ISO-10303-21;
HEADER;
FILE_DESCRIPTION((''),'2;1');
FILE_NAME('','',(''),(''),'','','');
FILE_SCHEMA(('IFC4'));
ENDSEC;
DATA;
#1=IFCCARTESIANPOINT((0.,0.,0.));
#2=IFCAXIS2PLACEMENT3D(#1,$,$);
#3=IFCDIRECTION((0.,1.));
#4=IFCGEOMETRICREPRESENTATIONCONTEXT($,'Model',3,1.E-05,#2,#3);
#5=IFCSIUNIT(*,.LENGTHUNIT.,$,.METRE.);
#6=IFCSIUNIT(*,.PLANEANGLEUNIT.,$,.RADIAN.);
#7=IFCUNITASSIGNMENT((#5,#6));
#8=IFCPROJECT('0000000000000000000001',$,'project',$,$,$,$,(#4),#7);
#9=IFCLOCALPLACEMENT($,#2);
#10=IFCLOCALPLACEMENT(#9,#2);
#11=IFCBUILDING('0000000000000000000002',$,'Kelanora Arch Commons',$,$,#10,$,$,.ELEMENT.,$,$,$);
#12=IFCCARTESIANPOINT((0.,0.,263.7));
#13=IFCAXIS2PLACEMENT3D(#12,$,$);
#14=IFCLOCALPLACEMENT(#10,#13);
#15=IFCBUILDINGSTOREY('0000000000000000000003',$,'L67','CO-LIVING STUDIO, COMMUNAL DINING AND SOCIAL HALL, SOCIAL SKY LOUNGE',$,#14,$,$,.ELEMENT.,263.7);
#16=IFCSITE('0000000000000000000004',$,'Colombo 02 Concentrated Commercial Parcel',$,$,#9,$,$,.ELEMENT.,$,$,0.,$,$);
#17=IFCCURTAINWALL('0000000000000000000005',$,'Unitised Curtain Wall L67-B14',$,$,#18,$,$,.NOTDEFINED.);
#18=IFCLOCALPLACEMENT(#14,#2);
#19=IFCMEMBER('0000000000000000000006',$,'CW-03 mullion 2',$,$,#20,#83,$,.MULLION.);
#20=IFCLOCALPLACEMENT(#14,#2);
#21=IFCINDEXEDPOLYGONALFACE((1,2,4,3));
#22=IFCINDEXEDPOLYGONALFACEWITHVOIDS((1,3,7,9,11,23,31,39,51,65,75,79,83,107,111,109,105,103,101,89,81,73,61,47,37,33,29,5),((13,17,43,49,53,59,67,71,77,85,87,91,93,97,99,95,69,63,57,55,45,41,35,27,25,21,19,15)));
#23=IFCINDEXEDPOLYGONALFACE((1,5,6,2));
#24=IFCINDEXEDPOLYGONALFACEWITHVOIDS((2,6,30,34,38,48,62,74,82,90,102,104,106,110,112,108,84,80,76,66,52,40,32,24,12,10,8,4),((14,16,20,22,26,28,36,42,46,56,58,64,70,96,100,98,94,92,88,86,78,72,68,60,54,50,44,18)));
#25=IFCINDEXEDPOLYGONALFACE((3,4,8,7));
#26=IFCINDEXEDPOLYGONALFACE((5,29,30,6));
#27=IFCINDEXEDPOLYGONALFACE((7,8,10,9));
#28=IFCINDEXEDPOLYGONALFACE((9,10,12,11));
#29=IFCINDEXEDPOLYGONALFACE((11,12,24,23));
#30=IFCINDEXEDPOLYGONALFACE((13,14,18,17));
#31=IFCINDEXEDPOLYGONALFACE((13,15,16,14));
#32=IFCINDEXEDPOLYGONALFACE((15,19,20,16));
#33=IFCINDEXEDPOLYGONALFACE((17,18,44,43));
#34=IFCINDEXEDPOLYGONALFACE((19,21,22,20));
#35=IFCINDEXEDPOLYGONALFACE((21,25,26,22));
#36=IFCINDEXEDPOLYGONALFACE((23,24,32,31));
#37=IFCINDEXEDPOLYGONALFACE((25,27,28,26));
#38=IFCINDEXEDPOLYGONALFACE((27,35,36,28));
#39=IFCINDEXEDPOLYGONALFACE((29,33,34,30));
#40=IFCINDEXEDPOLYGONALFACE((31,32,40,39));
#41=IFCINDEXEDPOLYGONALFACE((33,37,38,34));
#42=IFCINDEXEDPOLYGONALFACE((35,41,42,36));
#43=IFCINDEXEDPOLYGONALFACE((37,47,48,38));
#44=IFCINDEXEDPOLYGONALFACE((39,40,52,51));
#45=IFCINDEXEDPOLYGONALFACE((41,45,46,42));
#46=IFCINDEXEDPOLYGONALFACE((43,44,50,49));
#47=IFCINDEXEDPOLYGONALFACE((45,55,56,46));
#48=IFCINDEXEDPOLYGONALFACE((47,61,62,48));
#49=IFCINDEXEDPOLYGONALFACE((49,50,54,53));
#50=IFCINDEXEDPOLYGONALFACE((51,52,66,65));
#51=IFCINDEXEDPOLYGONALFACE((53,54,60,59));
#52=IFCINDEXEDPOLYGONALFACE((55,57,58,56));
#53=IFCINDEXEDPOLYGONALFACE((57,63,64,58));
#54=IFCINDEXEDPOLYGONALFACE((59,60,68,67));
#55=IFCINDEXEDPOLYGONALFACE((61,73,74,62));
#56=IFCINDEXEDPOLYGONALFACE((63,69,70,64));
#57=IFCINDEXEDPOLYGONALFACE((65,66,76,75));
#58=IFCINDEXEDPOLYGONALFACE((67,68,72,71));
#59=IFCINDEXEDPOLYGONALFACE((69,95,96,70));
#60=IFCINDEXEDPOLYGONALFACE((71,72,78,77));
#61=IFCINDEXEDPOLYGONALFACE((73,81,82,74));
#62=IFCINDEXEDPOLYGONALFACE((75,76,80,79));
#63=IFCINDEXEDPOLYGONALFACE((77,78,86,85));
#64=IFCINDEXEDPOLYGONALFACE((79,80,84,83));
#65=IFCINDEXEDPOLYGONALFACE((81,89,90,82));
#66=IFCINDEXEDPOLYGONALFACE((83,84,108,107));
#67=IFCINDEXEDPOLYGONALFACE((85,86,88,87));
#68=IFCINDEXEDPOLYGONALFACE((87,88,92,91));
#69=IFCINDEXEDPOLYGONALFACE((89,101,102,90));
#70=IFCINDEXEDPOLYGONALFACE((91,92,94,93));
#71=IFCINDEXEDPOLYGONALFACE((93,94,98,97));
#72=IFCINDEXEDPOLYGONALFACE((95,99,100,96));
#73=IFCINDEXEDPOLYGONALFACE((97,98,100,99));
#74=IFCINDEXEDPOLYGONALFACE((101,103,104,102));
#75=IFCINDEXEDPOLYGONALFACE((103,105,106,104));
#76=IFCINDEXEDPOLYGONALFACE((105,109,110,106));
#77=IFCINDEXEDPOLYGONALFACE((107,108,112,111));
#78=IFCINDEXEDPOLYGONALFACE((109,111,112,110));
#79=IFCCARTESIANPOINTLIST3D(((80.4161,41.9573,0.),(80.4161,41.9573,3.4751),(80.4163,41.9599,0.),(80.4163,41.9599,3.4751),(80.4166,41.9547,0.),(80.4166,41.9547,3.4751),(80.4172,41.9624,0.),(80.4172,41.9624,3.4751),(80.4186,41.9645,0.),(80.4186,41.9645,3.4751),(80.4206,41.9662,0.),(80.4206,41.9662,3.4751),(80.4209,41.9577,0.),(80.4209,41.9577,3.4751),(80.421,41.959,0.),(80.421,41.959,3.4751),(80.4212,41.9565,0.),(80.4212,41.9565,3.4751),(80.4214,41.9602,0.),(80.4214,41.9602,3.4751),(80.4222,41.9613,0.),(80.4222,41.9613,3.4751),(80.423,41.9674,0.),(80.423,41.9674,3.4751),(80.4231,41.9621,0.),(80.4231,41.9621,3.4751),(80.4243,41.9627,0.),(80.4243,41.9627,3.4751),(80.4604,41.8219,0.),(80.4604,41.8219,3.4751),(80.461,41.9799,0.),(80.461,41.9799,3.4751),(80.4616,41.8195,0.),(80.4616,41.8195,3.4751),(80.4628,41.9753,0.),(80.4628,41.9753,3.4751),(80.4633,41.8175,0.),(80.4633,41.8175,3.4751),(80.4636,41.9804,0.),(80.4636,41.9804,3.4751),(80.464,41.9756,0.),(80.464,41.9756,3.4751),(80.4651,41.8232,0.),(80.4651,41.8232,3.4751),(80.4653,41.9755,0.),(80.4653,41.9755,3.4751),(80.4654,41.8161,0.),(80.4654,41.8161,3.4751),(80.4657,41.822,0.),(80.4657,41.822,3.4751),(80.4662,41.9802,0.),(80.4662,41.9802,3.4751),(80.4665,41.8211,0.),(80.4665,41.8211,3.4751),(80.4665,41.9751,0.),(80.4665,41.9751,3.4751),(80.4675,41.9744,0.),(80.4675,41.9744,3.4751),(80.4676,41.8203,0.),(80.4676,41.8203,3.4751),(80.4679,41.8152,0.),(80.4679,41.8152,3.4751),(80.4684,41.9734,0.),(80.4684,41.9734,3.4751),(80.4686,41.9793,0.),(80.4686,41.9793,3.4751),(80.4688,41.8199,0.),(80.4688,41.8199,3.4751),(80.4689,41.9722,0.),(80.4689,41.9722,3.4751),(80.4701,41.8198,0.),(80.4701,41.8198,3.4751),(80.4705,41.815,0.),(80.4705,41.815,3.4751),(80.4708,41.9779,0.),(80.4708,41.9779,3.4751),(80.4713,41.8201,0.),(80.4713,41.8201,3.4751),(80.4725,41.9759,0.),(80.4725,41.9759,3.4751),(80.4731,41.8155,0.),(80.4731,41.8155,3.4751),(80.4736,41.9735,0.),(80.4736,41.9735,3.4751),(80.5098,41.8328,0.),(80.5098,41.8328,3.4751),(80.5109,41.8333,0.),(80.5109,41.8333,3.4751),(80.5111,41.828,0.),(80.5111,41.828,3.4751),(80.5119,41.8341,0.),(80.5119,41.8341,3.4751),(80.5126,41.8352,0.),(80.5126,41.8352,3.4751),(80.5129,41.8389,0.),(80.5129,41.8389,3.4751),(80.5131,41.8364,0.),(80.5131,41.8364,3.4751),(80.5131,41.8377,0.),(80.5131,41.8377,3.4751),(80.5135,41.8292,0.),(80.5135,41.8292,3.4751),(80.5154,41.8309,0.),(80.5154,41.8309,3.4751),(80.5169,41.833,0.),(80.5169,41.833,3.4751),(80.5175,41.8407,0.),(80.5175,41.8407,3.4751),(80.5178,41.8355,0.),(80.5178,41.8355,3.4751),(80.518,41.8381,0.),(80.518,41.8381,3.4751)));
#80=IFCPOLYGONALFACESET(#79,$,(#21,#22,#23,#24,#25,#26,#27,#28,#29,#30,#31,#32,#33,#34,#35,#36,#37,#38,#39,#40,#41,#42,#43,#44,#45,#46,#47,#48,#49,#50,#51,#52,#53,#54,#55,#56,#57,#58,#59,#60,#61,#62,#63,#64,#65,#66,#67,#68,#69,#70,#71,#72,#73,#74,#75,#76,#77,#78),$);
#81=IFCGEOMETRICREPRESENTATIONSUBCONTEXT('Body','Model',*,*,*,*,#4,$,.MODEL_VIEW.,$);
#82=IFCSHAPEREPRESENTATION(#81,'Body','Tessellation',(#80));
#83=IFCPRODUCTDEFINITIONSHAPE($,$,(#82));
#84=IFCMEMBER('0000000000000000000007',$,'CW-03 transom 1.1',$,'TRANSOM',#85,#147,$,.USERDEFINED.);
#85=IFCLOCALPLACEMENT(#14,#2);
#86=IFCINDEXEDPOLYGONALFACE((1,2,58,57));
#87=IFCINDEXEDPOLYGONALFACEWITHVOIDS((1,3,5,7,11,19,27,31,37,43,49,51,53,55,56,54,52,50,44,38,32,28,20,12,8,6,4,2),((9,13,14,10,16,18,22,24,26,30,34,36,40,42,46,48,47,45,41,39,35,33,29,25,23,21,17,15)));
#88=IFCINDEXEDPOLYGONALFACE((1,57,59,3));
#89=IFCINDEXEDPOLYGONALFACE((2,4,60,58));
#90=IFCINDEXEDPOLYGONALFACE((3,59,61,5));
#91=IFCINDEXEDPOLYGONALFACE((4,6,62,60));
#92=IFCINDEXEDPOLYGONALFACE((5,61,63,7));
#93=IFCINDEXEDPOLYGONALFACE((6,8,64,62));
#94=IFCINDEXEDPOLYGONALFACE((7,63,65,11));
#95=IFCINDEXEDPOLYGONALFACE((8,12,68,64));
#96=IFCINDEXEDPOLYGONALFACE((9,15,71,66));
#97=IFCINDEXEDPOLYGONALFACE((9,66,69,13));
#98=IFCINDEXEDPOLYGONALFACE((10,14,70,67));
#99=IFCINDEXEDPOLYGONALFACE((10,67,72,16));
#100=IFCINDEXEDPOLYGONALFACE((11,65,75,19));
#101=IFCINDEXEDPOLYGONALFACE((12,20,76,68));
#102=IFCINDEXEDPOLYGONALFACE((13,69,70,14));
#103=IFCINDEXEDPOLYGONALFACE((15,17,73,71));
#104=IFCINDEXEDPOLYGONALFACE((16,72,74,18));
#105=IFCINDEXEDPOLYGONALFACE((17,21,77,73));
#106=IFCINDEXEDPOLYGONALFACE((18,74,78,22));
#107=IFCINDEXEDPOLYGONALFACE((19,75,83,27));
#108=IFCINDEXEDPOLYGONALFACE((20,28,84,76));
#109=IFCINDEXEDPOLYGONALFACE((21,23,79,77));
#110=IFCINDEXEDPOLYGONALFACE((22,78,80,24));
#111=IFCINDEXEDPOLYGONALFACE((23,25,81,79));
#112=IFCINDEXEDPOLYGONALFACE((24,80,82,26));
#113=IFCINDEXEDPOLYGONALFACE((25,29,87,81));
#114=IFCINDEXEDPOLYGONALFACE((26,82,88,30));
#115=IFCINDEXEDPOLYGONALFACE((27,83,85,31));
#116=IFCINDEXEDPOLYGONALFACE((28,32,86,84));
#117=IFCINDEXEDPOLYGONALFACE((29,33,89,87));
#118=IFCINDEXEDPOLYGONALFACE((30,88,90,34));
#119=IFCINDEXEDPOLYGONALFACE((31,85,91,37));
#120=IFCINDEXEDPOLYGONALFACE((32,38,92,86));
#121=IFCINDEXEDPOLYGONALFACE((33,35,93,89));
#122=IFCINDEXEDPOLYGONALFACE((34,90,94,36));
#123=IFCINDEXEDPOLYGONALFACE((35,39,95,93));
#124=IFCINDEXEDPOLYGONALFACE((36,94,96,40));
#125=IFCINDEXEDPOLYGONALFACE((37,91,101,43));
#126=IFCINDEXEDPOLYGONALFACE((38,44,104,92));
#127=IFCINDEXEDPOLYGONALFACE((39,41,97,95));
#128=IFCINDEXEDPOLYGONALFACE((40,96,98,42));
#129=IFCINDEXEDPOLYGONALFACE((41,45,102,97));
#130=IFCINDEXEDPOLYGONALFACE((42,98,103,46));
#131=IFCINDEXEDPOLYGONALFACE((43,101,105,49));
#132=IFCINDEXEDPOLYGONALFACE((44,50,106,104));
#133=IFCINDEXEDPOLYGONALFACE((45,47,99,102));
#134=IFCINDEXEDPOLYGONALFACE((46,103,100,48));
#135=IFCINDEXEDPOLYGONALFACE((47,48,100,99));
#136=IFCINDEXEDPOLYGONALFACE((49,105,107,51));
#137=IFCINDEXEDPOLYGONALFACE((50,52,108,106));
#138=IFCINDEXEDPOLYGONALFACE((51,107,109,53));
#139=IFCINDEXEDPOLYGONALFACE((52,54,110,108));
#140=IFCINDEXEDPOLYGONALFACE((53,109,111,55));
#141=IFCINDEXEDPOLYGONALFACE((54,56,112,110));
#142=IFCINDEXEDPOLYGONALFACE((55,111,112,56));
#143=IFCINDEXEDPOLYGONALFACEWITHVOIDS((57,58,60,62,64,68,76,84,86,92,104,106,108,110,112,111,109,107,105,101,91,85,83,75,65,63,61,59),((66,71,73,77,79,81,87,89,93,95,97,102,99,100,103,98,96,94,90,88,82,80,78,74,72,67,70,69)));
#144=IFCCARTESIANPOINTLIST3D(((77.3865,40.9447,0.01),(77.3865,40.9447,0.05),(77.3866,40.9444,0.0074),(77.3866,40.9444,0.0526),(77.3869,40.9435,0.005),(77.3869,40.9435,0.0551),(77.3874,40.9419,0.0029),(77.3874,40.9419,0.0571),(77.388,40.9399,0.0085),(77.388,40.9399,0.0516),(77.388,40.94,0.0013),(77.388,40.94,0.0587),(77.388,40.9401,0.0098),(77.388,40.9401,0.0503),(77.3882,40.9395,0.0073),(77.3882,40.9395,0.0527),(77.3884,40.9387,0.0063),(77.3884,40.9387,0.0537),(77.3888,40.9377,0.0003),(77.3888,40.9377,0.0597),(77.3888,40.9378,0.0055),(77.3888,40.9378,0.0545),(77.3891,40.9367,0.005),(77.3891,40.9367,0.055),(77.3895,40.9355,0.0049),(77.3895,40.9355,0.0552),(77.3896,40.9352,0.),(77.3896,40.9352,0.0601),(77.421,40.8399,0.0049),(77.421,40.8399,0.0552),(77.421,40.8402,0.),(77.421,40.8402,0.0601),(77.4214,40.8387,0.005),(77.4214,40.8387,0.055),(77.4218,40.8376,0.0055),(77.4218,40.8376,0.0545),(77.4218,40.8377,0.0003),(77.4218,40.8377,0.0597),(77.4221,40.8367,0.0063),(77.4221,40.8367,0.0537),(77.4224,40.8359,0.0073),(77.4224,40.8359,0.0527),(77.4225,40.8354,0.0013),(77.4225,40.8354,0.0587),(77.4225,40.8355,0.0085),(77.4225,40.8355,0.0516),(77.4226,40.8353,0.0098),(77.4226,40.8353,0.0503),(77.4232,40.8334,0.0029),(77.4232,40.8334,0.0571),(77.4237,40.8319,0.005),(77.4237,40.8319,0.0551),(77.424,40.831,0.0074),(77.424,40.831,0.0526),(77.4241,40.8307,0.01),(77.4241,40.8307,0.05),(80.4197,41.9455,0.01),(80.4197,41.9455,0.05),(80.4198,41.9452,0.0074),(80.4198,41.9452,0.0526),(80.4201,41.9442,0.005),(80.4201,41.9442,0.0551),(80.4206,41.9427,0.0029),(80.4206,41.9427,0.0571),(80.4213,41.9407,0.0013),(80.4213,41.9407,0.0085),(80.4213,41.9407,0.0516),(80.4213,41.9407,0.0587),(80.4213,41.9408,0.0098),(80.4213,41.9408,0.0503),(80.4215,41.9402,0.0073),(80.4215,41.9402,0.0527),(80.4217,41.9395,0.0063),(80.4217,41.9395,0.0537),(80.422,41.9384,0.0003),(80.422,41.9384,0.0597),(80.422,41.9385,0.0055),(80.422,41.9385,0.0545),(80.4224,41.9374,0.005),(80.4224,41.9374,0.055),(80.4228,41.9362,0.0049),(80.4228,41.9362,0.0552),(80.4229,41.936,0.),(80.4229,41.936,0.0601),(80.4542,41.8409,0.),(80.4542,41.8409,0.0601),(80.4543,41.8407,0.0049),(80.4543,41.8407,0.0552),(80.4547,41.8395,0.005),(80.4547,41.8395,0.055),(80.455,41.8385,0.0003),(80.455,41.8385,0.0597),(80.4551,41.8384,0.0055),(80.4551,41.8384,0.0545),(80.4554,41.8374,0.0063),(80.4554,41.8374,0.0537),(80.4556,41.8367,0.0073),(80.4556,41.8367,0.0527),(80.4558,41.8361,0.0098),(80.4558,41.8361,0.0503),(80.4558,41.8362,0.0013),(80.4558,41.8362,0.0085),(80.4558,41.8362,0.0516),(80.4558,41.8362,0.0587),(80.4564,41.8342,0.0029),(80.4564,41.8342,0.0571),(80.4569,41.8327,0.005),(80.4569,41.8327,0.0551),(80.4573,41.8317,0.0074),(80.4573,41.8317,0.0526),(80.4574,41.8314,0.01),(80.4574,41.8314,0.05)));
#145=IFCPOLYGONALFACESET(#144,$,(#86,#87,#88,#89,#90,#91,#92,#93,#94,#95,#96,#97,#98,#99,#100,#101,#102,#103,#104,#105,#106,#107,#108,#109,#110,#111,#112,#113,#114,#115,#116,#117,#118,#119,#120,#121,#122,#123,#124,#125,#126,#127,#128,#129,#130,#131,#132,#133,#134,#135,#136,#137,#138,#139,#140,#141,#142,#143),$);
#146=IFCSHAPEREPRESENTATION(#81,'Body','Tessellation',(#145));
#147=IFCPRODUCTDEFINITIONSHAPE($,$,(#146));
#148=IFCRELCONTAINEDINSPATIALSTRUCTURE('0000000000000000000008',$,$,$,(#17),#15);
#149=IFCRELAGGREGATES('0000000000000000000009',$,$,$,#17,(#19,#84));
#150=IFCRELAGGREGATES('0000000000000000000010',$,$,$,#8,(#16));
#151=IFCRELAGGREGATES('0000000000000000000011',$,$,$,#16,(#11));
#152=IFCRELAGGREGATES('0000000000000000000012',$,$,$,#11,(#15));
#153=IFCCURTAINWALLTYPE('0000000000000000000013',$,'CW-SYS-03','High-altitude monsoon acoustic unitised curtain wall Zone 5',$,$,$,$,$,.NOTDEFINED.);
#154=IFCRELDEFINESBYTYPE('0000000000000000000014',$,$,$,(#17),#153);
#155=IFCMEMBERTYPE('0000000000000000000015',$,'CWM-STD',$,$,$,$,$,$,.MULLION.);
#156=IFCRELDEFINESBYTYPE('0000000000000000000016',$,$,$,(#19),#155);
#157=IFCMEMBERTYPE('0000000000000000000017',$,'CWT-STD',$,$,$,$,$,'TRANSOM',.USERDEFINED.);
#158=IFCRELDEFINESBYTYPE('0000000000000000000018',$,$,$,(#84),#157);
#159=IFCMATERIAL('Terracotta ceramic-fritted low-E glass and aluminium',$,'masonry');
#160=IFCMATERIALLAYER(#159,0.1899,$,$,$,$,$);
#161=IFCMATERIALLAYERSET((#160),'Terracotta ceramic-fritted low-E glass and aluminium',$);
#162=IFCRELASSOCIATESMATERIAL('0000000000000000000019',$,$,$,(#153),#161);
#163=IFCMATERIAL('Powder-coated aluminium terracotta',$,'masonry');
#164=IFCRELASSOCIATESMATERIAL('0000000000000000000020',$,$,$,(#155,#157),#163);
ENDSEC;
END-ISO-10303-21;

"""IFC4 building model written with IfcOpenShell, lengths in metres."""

from ifc_helpers import new_model, si_unit, direction, frame, origin, origin_2d, place, context, subcontext, project, spatial, hollow_rectangle, extrude, material, layer, layer_set, material_profile, profile_set, type_object, element, aggregate, save


model = new_model("IFC4")

# Units and contexts
model_context = context("Model", 3, precision=1e-05, world=origin(), true_north=direction((0.0, 1.0)))
body_context = subcontext(model_context, "Body", "Model", "MODEL_VIEW")
ifc_project = project(units=[si_unit("LENGTHUNIT", "METRE"), si_unit("PLANEANGLEUNIT", "RADIAN")], contexts=[model_context])

# Site, building, storey
site_placement = place(None, origin())
site = spatial("IfcSite", under=ifc_project, at=site_placement, Name="Colombo 02 Concentrated Commercial Parcel", CompositionType="ELEMENT", RefElevation=0.0)
building_placement = place(site_placement, origin())
building = spatial("IfcBuilding", under=site, at=building_placement, Name="Kelanora Arch Commons", CompositionType="ELEMENT")
storey_placement = place(building_placement, frame((0.0, 0.0, 263.7)))
storey = spatial("IfcBuildingStorey", under=building, at=storey_placement, Name="L67", Description="CO-LIVING STUDIO, COMMUNAL DINING AND SOCIAL HALL, SOCIAL SKY LOUNGE", CompositionType="ELEMENT", Elevation=263.7)

# Curtain wall, members
ifc_material_1 = material(Name="Terracotta ceramic-fritted low-E glass and aluminium", Category="masonry")
ifc_layer_1 = layer(ifc_material_1, 0.1899)
ifc_layer_set_1 = layer_set([ifc_layer_1], Name="Terracotta ceramic-fritted low-E glass and aluminium")
curtain_wall_type = type_object("IfcCurtainWallType", Name="CW-SYS-03", Description="High-altitude monsoon acoustic unitised curtain wall Zone 5", PredefinedType="NOTDEFINED", material=ifc_layer_set_1)
curtain_wall_placement = place(storey_placement, origin())
curtain_wall = element("IfcCurtainWall", 1, at=curtain_wall_placement, inside=storey, type_object=curtain_wall_type, Name="Unitised Curtain Wall L67-B14", PredefinedType="NOTDEFINED")
ifc_material_2 = material(Name="Powder-coated aluminium terracotta", Category="masonry")
ifc_material_profile_1 = material_profile(ifc_material_2, hollow_rectangle(XDim=0.1599, YDim=0.0601, WallThickness=0.0049, InnerFilletRadius=0.0049, OuterFilletRadius=0.01, at=origin_2d()), Name="CWM160x60")
ifc_profile_set_1 = profile_set([ifc_material_profile_1], Name="Powder-coated aluminium terracotta")
member_type_1 = type_object("IfcMemberType", Name="CWM-STD", PredefinedType="MULLION", material=ifc_profile_set_1)
member_1_placement = place(storey_placement, frame((80.467, 41.8977, 0.0), z_axis=(0.0, 0.0, 1.0), x_axis=(-0.313253, 0.94967, 0.0)))
member_1 = element("IfcMember", 2, at=member_1_placement, type_object=member_type_1, Name="CW-03 mullion 2", PredefinedType="MULLION", context=body_context, shape_type="SweptSolid", body=[
    extrude(hollow_rectangle(XDim=0.1599, YDim=0.0601, WallThickness=0.0049, InnerFilletRadius=0.0049, OuterFilletRadius=0.01, at=origin_2d()), origin(), (0.0, 0.0, 1.0), 3.4751),
])
ifc_material_profile_2 = material_profile(ifc_material_2, hollow_rectangle(XDim=0.1201, YDim=0.0601, WallThickness=0.0049, InnerFilletRadius=0.0049, OuterFilletRadius=0.01, at=origin_2d()), Name="CWT120x60")
ifc_profile_set_2 = profile_set([ifc_material_profile_2], Name="Powder-coated aluminium terracotta")
member_type_2 = type_object("IfcMemberType", Name="CWT-STD", ElementType="TRANSOM", PredefinedType="USERDEFINED", material=ifc_profile_set_2)
member_2_placement = place(storey_placement, frame((77.4053, 40.8877, 0.03), z_axis=(0.94965, 0.313314, 0.0), x_axis=(-0.313314, 0.94965, 0.0)))
member_2 = element("IfcMember", 3, at=member_2_placement, type_object=member_type_2, Name="CW-03 transom 1.1", ObjectType="TRANSOM", PredefinedType="USERDEFINED", context=body_context, shape_type="SweptSolid", body=[
    extrude(hollow_rectangle(XDim=0.1201, YDim=0.0601, WallThickness=0.0049, InnerFilletRadius=0.0049, OuterFilletRadius=0.01, at=origin_2d()), origin(), (0.0, 0.0, 1.0), 3.1941),
])
aggregate(curtain_wall, [member_1, member_2])

save(model, "model.ifc")
